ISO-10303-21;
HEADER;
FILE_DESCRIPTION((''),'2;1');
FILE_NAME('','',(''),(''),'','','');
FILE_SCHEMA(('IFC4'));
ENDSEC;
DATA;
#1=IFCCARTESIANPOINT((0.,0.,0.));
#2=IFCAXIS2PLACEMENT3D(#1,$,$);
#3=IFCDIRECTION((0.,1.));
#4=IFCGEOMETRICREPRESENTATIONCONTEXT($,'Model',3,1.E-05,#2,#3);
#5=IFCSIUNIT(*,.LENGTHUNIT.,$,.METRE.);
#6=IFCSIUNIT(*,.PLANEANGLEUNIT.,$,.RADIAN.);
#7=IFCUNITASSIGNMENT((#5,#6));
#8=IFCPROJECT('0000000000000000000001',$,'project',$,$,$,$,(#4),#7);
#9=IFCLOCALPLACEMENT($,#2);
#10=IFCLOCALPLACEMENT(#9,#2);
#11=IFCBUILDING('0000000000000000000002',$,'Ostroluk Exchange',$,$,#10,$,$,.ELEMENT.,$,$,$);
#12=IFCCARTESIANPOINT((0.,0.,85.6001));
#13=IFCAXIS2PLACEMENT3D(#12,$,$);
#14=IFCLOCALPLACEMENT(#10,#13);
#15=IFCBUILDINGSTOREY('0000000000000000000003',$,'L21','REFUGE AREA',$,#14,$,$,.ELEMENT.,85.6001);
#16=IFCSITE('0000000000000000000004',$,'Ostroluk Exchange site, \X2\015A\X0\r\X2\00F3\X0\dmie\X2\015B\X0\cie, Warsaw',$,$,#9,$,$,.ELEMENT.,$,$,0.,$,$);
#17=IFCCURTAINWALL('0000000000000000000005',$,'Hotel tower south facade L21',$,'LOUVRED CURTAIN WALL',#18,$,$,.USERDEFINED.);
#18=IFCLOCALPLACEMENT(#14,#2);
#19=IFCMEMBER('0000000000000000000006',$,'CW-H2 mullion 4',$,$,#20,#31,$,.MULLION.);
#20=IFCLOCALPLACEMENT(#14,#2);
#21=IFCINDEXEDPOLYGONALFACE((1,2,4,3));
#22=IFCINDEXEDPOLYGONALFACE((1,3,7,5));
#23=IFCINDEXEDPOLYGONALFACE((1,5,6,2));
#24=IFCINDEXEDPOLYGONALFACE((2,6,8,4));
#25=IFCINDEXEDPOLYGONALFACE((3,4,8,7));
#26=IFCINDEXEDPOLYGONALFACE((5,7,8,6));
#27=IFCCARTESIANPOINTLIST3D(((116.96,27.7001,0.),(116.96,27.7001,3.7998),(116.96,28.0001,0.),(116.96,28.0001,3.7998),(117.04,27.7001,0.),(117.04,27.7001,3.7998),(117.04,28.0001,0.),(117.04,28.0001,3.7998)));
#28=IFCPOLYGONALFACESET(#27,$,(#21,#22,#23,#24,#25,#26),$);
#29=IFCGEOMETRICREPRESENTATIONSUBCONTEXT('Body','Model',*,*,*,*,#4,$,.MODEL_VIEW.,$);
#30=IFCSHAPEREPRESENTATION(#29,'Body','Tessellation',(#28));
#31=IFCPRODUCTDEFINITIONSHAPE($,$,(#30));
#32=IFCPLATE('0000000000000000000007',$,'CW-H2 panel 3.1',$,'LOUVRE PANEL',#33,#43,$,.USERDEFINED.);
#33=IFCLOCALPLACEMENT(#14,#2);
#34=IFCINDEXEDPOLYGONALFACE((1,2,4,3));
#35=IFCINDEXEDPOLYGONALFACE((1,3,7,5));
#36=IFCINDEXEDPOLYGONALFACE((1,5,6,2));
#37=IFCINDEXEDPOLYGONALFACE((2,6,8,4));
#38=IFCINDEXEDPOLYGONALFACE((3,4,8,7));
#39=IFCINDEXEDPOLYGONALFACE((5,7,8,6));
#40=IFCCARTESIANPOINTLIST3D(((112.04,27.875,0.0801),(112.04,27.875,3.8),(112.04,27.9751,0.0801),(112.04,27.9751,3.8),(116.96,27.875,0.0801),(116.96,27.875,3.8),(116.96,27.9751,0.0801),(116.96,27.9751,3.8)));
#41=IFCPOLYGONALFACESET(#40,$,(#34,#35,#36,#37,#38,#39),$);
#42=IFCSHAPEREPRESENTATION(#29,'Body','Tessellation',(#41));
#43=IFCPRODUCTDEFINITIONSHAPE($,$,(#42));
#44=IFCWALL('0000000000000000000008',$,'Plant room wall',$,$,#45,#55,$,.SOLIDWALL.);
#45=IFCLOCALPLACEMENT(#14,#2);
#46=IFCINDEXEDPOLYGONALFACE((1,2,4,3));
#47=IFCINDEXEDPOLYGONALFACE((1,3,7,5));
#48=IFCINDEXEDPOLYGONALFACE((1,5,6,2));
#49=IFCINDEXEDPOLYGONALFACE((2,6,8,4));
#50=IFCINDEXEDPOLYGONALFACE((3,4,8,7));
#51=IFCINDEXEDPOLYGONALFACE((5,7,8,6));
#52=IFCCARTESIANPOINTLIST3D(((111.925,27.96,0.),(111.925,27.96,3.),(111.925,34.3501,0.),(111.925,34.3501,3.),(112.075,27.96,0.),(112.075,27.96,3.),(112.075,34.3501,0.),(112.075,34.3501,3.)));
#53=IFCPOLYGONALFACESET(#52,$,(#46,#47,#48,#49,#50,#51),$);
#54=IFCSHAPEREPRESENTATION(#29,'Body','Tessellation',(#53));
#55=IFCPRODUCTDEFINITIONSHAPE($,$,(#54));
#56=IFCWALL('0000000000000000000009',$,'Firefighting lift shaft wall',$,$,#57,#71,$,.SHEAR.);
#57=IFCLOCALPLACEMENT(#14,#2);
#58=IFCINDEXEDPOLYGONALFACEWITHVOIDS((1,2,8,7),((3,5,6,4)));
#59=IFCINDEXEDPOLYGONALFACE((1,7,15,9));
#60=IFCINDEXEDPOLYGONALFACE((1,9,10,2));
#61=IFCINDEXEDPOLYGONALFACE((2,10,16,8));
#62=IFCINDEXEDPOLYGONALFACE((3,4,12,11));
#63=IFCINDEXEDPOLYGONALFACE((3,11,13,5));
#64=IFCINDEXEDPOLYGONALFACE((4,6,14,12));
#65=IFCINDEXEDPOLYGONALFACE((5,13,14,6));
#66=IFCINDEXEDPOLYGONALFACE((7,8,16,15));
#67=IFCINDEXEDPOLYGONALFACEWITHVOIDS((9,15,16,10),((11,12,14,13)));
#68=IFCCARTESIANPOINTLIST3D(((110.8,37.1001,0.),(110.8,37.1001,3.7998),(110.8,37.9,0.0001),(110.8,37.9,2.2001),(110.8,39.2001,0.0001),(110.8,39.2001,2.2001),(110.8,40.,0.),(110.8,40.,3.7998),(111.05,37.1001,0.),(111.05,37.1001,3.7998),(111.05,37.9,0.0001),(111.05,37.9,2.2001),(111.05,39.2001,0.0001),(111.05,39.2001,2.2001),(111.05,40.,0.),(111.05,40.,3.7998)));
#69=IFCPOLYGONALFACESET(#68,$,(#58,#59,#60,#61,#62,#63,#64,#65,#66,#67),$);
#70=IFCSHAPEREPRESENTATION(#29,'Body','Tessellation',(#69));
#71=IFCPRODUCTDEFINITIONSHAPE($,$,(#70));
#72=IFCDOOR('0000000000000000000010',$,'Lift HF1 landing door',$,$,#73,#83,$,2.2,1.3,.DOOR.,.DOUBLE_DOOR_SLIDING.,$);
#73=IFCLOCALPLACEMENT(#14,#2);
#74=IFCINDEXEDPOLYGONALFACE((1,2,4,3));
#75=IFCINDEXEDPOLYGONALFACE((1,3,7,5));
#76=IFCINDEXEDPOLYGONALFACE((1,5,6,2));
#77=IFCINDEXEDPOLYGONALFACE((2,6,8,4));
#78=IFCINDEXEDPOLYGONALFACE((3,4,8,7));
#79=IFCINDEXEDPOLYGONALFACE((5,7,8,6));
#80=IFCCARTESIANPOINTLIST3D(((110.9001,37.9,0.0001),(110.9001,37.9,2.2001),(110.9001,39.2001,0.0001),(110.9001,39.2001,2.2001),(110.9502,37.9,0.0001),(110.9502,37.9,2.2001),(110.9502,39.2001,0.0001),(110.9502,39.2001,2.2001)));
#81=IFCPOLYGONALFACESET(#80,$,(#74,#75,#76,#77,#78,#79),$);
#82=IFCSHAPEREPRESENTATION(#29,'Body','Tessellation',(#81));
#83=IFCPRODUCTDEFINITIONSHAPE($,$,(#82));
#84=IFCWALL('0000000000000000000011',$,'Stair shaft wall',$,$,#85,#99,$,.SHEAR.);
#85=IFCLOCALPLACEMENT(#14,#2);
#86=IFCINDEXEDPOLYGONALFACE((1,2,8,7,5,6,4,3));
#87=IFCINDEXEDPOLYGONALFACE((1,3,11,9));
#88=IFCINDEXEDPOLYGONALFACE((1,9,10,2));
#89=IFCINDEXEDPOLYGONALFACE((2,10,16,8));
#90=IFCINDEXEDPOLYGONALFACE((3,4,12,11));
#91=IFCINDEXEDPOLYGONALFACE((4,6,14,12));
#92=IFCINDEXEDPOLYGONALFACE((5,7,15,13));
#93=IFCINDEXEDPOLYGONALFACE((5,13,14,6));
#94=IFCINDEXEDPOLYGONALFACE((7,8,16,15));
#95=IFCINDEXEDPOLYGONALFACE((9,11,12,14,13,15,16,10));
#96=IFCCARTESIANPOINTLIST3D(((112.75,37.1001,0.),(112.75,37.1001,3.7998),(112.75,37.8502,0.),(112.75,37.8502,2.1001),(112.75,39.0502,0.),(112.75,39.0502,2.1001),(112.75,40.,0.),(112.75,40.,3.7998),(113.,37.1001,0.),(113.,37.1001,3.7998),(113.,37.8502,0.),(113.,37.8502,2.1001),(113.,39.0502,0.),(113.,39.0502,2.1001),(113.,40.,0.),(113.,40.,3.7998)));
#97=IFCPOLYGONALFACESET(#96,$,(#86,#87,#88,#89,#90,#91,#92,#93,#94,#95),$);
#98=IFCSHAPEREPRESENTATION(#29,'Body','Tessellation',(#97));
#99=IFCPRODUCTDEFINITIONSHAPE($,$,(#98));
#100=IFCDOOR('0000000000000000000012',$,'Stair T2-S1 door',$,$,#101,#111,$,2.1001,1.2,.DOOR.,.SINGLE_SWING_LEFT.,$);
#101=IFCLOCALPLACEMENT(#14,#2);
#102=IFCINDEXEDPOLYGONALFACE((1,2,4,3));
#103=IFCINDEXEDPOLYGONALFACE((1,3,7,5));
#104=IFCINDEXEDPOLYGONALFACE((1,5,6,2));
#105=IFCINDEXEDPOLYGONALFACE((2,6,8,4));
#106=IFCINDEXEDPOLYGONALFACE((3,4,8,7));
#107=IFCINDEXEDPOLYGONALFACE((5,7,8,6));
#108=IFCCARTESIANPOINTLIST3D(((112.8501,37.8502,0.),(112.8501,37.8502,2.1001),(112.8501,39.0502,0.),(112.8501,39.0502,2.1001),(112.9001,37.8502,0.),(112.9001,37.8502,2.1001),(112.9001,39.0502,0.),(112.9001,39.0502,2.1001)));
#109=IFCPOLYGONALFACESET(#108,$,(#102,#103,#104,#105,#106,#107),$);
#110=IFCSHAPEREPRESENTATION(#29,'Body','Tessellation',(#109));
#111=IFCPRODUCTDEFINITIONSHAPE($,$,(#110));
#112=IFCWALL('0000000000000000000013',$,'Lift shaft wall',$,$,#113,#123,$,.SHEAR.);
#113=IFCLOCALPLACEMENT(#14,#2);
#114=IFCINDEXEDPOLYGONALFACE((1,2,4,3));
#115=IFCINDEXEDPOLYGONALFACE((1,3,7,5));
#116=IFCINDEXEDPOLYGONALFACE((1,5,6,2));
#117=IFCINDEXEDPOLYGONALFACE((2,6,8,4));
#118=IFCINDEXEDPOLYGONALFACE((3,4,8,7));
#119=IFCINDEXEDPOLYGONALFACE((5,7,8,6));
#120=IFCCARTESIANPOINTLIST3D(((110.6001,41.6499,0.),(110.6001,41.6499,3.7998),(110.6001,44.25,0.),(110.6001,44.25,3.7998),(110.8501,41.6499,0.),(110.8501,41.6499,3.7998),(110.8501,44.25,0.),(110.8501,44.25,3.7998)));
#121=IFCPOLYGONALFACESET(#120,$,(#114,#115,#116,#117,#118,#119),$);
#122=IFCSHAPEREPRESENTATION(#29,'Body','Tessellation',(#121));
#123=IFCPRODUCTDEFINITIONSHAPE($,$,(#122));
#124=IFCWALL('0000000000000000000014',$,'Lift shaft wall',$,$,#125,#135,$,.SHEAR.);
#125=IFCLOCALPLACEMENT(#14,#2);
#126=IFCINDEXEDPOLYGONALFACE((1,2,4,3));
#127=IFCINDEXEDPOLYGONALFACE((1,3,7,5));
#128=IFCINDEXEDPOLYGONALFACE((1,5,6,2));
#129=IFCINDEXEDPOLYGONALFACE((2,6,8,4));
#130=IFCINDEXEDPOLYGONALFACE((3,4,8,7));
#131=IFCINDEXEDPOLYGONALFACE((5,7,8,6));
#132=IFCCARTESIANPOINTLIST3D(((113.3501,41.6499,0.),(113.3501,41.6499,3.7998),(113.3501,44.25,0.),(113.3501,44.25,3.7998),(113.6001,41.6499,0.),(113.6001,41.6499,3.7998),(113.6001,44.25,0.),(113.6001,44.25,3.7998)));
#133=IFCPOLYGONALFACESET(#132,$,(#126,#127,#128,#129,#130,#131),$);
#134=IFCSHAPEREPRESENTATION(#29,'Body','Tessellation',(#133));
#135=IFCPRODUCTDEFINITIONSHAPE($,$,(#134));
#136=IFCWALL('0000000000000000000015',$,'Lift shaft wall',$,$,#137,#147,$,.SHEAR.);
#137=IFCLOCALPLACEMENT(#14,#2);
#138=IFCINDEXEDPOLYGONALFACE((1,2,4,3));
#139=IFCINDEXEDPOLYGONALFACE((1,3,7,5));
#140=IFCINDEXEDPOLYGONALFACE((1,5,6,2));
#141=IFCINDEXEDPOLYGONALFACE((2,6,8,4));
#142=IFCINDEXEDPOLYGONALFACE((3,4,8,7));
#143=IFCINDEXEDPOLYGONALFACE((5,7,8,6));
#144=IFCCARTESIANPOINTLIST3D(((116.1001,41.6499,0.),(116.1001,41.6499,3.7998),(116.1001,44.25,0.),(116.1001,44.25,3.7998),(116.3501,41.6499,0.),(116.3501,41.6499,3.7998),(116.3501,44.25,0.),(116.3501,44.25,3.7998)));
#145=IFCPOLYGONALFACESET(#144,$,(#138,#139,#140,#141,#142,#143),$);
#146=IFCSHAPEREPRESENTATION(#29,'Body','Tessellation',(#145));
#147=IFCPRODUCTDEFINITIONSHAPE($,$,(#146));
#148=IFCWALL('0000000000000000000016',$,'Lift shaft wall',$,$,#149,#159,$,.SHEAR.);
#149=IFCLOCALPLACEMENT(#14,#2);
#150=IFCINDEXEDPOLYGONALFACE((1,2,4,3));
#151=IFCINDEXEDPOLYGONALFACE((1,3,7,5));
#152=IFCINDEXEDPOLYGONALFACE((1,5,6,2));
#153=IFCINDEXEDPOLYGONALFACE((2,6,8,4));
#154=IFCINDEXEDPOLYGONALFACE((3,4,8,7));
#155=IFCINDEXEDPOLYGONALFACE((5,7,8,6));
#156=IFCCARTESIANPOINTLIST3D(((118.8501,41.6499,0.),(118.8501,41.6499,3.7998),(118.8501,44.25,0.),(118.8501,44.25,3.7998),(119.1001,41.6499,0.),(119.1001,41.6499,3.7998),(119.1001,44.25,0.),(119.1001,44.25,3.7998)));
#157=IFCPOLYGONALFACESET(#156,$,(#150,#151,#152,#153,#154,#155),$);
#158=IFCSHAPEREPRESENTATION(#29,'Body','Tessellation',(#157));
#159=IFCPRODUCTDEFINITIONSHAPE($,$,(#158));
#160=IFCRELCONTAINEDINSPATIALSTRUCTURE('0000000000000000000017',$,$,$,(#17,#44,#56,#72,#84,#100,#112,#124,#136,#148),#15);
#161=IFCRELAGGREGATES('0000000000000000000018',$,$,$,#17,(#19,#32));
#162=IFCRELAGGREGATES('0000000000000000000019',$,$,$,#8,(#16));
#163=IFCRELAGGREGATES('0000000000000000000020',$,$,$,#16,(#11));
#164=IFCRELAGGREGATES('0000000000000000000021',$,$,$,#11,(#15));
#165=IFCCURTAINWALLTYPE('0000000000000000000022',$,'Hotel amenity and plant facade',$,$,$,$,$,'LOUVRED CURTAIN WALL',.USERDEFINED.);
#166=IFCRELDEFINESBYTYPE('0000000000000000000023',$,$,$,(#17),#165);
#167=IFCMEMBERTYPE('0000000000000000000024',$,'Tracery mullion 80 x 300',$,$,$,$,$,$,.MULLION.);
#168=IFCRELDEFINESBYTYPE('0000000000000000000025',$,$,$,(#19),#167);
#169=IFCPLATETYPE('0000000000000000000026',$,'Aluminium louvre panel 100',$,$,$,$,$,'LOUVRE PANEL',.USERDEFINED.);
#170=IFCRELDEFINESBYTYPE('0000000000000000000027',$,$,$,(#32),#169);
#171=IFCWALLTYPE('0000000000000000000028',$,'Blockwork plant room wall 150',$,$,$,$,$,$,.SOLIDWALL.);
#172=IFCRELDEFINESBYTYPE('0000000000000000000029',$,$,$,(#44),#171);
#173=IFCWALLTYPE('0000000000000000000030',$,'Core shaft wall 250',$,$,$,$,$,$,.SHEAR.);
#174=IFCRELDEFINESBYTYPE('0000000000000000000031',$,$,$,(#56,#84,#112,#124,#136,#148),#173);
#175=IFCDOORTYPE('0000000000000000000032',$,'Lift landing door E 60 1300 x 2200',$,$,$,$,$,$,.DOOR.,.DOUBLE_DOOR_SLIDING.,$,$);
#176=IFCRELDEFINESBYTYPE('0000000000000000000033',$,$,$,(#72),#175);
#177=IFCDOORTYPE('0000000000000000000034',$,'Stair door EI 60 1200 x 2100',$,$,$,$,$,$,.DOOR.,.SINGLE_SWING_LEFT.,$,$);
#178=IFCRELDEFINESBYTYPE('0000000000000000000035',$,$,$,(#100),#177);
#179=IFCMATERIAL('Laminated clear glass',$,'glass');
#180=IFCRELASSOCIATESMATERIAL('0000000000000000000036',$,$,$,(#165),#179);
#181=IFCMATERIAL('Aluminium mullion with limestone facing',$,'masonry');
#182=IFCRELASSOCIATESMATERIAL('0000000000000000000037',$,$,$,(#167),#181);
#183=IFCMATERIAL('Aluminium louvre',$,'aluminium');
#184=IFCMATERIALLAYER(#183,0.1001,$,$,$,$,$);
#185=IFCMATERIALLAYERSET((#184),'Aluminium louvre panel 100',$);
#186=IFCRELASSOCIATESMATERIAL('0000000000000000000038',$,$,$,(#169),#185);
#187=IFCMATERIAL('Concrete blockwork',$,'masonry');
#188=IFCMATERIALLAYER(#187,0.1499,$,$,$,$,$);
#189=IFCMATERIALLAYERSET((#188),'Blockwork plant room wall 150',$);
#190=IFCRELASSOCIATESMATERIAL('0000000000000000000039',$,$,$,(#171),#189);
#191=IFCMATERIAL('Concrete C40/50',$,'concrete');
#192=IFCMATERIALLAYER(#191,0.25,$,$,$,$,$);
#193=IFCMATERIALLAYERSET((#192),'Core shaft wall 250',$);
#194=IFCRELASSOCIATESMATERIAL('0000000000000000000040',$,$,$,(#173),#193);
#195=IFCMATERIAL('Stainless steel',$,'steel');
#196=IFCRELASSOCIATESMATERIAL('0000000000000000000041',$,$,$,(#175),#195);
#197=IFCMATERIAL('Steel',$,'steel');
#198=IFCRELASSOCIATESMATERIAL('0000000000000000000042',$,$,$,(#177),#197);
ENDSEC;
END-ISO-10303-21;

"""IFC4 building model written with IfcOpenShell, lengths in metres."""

from ifc_helpers import new_model, si_unit, direction, frame, frame_2d, origin, origin_2d, place, context, subcontext, project, spatial, rectangle, extrude, material, layer, layer_set, material_profile, profile_set, type_object, element, fill, aggregate, save


model = new_model("IFC4")

# Units and contexts
model_context = context("Model", 3, precision=1e-05, world=origin(), true_north=direction((0.0, 1.0)))
body_context = subcontext(model_context, "Body", "Model", "MODEL_VIEW")
ifc_project = project(units=[si_unit("LENGTHUNIT", "METRE"), si_unit("PLANEANGLEUNIT", "RADIAN")], contexts=[model_context])

# Site, building, storey
site_placement = place(None, origin())
site = spatial("IfcSite", under=ifc_project, at=site_placement, Name="Ostroluk Exchange site, Śródmieście, Warsaw", CompositionType="ELEMENT", RefElevation=0.0)
building_placement = place(site_placement, origin())
building = spatial("IfcBuilding", under=site, at=building_placement, Name="Ostroluk Exchange", CompositionType="ELEMENT")
storey_placement = place(building_placement, frame((0.0, 0.0, 85.6001)))
storey = spatial("IfcBuildingStorey", under=building, at=storey_placement, Name="L21", Description="REFUGE AREA", CompositionType="ELEMENT", Elevation=85.6001)

# Curtain wall, member, plate
ifc_material_1 = material(Name="Laminated clear glass", Category="glass")
curtain_wall_type = type_object("IfcCurtainWallType", Name="Hotel amenity and plant facade", ElementType="LOUVRED CURTAIN WALL", PredefinedType="USERDEFINED", material=ifc_material_1)
curtain_wall_placement = place(storey_placement, origin())
curtain_wall = element("IfcCurtainWall", 1, at=curtain_wall_placement, inside=storey, type_object=curtain_wall_type, Name="Hotel tower south facade L21", ObjectType="LOUVRED CURTAIN WALL", PredefinedType="USERDEFINED")
ifc_material_2 = material(Name="Aluminium mullion with limestone facing", Category="masonry")
ifc_material_profile_1 = material_profile(ifc_material_2, rectangle(XDim=0.3, YDim=0.0801, at=origin_2d()), Name="Tracery mullion 80 x 300")
ifc_profile_set_1 = profile_set([ifc_material_profile_1], Name="Aluminium mullion with limestone facing")
member_type_1 = type_object("IfcMemberType", Name="Tracery mullion 80 x 300", PredefinedType="MULLION", material=ifc_profile_set_1)
member_1_placement = place(storey_placement, frame((117.0, 27.8501, 0.0), z_axis=(0.0, 0.0, 1.0), x_axis=(0.0, 1.0, 0.0)))
member_1 = element("IfcMember", 2, at=member_1_placement, type_object=member_type_1, Name="CW-H2 mullion 4", PredefinedType="MULLION", context=body_context, shape_type="SweptSolid", body=[
    extrude(rectangle(XDim=0.3, YDim=0.0801, at=origin_2d()), origin(), (0.0, 0.0, 1.0), 3.7998),
])
ifc_material_3 = material(Name="Aluminium louvre", Category="aluminium")
ifc_layer_1 = layer(ifc_material_3, 0.1001)
ifc_layer_set_1 = layer_set([ifc_layer_1], Name="Aluminium louvre panel 100")
plate_type = type_object("IfcPlateType", Name="Aluminium louvre panel 100", ElementType="LOUVRE PANEL", PredefinedType="USERDEFINED", material=ifc_layer_set_1)
plate_placement = place(storey_placement, frame((114.5, 27.925, 0.0801), z_axis=(0.0, 0.0, 1.0), x_axis=(1.0, 0.0, 0.0)))
plate = element("IfcPlate", 3, at=plate_placement, type_object=plate_type, Name="CW-H2 panel 3.1", ObjectType="LOUVRE PANEL", PredefinedType="USERDEFINED", context=body_context, shape_type="SweptSolid", body=[
    extrude(rectangle(XDim=4.9199, YDim=0.1001, at=origin_2d()), origin(), (0.0, 0.0, 1.0), 3.72),
])
aggregate(curtain_wall, [member_1, plate])

# Wall
ifc_material_4 = material(Name="Concrete blockwork", Category="masonry")
ifc_layer_2 = layer(ifc_material_4, 0.1499)
ifc_layer_set_2 = layer_set([ifc_layer_2], Name="Blockwork plant room wall 150")
wall_type_1 = type_object("IfcWallType", Name="Blockwork plant room wall 150", PredefinedType="SOLIDWALL", material=ifc_layer_set_2)
wall_1_placement = place(storey_placement, frame((112.0, 34.3501, 0.0), z_axis=(0.0, 0.0, 1.0), x_axis=(0.0, -1.0, 0.0)))
element("IfcWall", 4, at=wall_1_placement, inside=storey, type_object=wall_type_1, Name="Plant room wall", PredefinedType="SOLIDWALL", context=body_context, shape_type="SweptSolid", body=[
    extrude(rectangle(XDim=6.3901, YDim=0.1499, at=frame_2d((3.1951, 0.0))), origin(), (0.0, 0.0, 1.0), 3.0),
])

# Walls, openings, doors
ifc_material_5 = material(Name="Concrete C40/50", Category="concrete")
ifc_layer_3 = layer(ifc_material_5, 0.25)
ifc_layer_set_3 = layer_set([ifc_layer_3], Name="Core shaft wall 250")
wall_type_2 = type_object("IfcWallType", Name="Core shaft wall 250", PredefinedType="SHEAR", material=ifc_layer_set_3)
wall_2_placement = place(storey_placement, frame((110.925, 37.1001, 0.0), z_axis=(0.0, 0.0, 1.0), x_axis=(0.0, 1.0, 0.0)))
wall_2 = element("IfcWall", 5, at=wall_2_placement, inside=storey, type_object=wall_type_2, Name="Firefighting lift shaft wall", PredefinedType="SHEAR", context=body_context, shape_type="SweptSolid", body=[
    extrude(rectangle(XDim=2.8999, YDim=0.25, at=frame_2d((1.45, 0.0))), origin(), (0.0, 0.0, 1.0), 3.7998),
])
opening_1_placement = place(wall_2_placement, frame((0.8, 0.0, 0.0)))
opening_1 = element("IfcOpeningElement", 6, at=opening_1_placement, cuts=wall_2, PredefinedType="OPENING", context=body_context, shape_type="SweptSolid", body=[
    extrude(rectangle(XDim=1.3, YDim=2.2, at=frame_2d((0.6499, 1.1001))), frame((0.0, 0.135, 0.0), z_axis=(0.0, -1.0, 0.0), x_axis=(1.0, 0.0, 0.0)), (0.0, 0.0, 1.0), 0.27),
])
ifc_material_6 = material(Name="Stainless steel", Category="steel")
door_type_1 = type_object("IfcDoorType", Name="Lift landing door E 60 1300 x 2200", OperationType="DOUBLE_DOOR_SLIDING", PredefinedType="DOOR", material=ifc_material_6)
door_1_placement = place(opening_1_placement, origin())
door_1 = element("IfcDoor", 7, at=door_1_placement, inside=storey, type_object=door_type_1, Name="Lift HF1 landing door", OperationType="DOUBLE_DOOR_SLIDING", OverallHeight=2.2, OverallWidth=1.3, PredefinedType="DOOR", context=body_context, shape_type="SweptSolid", body=[
    extrude(rectangle(XDim=1.3, YDim=2.2, at=frame_2d((0.6499, 1.1001))), frame((0.0, 0.0249, 0.0), z_axis=(0.0, -1.0, 0.0), x_axis=(1.0, 0.0, 0.0)), (0.0, 0.0, 1.0), 0.05),
])
fill(opening_1, door_1)
wall_3_placement = place(storey_placement, frame((112.875, 37.1001, 0.0), z_axis=(0.0, 0.0, 1.0), x_axis=(0.0, 1.0, 0.0)))
wall_3 = element("IfcWall", 8, at=wall_3_placement, inside=storey, type_object=wall_type_2, Name="Stair shaft wall", PredefinedType="SHEAR", context=body_context, shape_type="SweptSolid", body=[
    extrude(rectangle(XDim=2.8999, YDim=0.25, at=frame_2d((1.45, 0.0))), origin(), (0.0, 0.0, 1.0), 3.7998),
])
opening_2_placement = place(wall_3_placement, frame((0.75, 0.0, 0.0)))
opening_2 = element("IfcOpeningElement", 9, at=opening_2_placement, cuts=wall_3, PredefinedType="OPENING", context=body_context, shape_type="SweptSolid", body=[
    extrude(rectangle(XDim=1.2, YDim=2.1001, at=frame_2d((0.6001, 1.05))), frame((0.0, 0.135, 0.0), z_axis=(0.0, -1.0, 0.0), x_axis=(1.0, 0.0, 0.0)), (0.0, 0.0, 1.0), 0.27),
])
ifc_material_7 = material(Name="Steel", Category="steel")
door_type_2 = type_object("IfcDoorType", Name="Stair door EI 60 1200 x 2100", OperationType="SINGLE_SWING_LEFT", PredefinedType="DOOR", material=ifc_material_7)
door_2_placement = place(opening_2_placement, origin())
door_2 = element("IfcDoor", 10, at=door_2_placement, inside=storey, type_object=door_type_2, Name="Stair T2-S1 door", OperationType="SINGLE_SWING_LEFT", OverallHeight=2.1001, OverallWidth=1.2, PredefinedType="DOOR", context=body_context, shape_type="SweptSolid", body=[
    extrude(rectangle(XDim=1.2, YDim=2.1001, at=frame_2d((0.6001, 1.05))), frame((0.0, 0.0249, 0.0), z_axis=(0.0, -1.0, 0.0), x_axis=(1.0, 0.0, 0.0)), (0.0, 0.0, 1.0), 0.05),
])
fill(opening_2, door_2)

# Walls
for number, where, z_axis, x_axis, name in (
    (11, (110.7251, 44.25, 0.0), (0.0, 0.0, 1.0), (0.0, -1.0, 0.0), "Lift shaft wall"),
    (12, (113.4751, 44.25, 0.0), (0.0, 0.0, 1.0), (0.0, -1.0, 0.0), "Lift shaft wall"),
    (13, (116.2251, 44.25, 0.0), (0.0, 0.0, 1.0), (0.0, -1.0, 0.0), "Lift shaft wall"),
    (14, (118.9751, 44.25, 0.0), (0.0, 0.0, 1.0), (0.0, -1.0, 0.0), "Lift shaft wall"),
):
    element("IfcWall", number, at=place(storey_placement, frame(where, z_axis=z_axis, x_axis=x_axis)), inside=storey, type_object=wall_type_2, Name=name, PredefinedType="SHEAR", context=body_context, shape_type="SweptSolid", body=[
        extrude(rectangle(XDim=2.6001, YDim=0.25, at=frame_2d((1.3, 0.0))), origin(), (0.0, 0.0, 1.0), 3.7998),
    ])

save(model, "model.ifc")
